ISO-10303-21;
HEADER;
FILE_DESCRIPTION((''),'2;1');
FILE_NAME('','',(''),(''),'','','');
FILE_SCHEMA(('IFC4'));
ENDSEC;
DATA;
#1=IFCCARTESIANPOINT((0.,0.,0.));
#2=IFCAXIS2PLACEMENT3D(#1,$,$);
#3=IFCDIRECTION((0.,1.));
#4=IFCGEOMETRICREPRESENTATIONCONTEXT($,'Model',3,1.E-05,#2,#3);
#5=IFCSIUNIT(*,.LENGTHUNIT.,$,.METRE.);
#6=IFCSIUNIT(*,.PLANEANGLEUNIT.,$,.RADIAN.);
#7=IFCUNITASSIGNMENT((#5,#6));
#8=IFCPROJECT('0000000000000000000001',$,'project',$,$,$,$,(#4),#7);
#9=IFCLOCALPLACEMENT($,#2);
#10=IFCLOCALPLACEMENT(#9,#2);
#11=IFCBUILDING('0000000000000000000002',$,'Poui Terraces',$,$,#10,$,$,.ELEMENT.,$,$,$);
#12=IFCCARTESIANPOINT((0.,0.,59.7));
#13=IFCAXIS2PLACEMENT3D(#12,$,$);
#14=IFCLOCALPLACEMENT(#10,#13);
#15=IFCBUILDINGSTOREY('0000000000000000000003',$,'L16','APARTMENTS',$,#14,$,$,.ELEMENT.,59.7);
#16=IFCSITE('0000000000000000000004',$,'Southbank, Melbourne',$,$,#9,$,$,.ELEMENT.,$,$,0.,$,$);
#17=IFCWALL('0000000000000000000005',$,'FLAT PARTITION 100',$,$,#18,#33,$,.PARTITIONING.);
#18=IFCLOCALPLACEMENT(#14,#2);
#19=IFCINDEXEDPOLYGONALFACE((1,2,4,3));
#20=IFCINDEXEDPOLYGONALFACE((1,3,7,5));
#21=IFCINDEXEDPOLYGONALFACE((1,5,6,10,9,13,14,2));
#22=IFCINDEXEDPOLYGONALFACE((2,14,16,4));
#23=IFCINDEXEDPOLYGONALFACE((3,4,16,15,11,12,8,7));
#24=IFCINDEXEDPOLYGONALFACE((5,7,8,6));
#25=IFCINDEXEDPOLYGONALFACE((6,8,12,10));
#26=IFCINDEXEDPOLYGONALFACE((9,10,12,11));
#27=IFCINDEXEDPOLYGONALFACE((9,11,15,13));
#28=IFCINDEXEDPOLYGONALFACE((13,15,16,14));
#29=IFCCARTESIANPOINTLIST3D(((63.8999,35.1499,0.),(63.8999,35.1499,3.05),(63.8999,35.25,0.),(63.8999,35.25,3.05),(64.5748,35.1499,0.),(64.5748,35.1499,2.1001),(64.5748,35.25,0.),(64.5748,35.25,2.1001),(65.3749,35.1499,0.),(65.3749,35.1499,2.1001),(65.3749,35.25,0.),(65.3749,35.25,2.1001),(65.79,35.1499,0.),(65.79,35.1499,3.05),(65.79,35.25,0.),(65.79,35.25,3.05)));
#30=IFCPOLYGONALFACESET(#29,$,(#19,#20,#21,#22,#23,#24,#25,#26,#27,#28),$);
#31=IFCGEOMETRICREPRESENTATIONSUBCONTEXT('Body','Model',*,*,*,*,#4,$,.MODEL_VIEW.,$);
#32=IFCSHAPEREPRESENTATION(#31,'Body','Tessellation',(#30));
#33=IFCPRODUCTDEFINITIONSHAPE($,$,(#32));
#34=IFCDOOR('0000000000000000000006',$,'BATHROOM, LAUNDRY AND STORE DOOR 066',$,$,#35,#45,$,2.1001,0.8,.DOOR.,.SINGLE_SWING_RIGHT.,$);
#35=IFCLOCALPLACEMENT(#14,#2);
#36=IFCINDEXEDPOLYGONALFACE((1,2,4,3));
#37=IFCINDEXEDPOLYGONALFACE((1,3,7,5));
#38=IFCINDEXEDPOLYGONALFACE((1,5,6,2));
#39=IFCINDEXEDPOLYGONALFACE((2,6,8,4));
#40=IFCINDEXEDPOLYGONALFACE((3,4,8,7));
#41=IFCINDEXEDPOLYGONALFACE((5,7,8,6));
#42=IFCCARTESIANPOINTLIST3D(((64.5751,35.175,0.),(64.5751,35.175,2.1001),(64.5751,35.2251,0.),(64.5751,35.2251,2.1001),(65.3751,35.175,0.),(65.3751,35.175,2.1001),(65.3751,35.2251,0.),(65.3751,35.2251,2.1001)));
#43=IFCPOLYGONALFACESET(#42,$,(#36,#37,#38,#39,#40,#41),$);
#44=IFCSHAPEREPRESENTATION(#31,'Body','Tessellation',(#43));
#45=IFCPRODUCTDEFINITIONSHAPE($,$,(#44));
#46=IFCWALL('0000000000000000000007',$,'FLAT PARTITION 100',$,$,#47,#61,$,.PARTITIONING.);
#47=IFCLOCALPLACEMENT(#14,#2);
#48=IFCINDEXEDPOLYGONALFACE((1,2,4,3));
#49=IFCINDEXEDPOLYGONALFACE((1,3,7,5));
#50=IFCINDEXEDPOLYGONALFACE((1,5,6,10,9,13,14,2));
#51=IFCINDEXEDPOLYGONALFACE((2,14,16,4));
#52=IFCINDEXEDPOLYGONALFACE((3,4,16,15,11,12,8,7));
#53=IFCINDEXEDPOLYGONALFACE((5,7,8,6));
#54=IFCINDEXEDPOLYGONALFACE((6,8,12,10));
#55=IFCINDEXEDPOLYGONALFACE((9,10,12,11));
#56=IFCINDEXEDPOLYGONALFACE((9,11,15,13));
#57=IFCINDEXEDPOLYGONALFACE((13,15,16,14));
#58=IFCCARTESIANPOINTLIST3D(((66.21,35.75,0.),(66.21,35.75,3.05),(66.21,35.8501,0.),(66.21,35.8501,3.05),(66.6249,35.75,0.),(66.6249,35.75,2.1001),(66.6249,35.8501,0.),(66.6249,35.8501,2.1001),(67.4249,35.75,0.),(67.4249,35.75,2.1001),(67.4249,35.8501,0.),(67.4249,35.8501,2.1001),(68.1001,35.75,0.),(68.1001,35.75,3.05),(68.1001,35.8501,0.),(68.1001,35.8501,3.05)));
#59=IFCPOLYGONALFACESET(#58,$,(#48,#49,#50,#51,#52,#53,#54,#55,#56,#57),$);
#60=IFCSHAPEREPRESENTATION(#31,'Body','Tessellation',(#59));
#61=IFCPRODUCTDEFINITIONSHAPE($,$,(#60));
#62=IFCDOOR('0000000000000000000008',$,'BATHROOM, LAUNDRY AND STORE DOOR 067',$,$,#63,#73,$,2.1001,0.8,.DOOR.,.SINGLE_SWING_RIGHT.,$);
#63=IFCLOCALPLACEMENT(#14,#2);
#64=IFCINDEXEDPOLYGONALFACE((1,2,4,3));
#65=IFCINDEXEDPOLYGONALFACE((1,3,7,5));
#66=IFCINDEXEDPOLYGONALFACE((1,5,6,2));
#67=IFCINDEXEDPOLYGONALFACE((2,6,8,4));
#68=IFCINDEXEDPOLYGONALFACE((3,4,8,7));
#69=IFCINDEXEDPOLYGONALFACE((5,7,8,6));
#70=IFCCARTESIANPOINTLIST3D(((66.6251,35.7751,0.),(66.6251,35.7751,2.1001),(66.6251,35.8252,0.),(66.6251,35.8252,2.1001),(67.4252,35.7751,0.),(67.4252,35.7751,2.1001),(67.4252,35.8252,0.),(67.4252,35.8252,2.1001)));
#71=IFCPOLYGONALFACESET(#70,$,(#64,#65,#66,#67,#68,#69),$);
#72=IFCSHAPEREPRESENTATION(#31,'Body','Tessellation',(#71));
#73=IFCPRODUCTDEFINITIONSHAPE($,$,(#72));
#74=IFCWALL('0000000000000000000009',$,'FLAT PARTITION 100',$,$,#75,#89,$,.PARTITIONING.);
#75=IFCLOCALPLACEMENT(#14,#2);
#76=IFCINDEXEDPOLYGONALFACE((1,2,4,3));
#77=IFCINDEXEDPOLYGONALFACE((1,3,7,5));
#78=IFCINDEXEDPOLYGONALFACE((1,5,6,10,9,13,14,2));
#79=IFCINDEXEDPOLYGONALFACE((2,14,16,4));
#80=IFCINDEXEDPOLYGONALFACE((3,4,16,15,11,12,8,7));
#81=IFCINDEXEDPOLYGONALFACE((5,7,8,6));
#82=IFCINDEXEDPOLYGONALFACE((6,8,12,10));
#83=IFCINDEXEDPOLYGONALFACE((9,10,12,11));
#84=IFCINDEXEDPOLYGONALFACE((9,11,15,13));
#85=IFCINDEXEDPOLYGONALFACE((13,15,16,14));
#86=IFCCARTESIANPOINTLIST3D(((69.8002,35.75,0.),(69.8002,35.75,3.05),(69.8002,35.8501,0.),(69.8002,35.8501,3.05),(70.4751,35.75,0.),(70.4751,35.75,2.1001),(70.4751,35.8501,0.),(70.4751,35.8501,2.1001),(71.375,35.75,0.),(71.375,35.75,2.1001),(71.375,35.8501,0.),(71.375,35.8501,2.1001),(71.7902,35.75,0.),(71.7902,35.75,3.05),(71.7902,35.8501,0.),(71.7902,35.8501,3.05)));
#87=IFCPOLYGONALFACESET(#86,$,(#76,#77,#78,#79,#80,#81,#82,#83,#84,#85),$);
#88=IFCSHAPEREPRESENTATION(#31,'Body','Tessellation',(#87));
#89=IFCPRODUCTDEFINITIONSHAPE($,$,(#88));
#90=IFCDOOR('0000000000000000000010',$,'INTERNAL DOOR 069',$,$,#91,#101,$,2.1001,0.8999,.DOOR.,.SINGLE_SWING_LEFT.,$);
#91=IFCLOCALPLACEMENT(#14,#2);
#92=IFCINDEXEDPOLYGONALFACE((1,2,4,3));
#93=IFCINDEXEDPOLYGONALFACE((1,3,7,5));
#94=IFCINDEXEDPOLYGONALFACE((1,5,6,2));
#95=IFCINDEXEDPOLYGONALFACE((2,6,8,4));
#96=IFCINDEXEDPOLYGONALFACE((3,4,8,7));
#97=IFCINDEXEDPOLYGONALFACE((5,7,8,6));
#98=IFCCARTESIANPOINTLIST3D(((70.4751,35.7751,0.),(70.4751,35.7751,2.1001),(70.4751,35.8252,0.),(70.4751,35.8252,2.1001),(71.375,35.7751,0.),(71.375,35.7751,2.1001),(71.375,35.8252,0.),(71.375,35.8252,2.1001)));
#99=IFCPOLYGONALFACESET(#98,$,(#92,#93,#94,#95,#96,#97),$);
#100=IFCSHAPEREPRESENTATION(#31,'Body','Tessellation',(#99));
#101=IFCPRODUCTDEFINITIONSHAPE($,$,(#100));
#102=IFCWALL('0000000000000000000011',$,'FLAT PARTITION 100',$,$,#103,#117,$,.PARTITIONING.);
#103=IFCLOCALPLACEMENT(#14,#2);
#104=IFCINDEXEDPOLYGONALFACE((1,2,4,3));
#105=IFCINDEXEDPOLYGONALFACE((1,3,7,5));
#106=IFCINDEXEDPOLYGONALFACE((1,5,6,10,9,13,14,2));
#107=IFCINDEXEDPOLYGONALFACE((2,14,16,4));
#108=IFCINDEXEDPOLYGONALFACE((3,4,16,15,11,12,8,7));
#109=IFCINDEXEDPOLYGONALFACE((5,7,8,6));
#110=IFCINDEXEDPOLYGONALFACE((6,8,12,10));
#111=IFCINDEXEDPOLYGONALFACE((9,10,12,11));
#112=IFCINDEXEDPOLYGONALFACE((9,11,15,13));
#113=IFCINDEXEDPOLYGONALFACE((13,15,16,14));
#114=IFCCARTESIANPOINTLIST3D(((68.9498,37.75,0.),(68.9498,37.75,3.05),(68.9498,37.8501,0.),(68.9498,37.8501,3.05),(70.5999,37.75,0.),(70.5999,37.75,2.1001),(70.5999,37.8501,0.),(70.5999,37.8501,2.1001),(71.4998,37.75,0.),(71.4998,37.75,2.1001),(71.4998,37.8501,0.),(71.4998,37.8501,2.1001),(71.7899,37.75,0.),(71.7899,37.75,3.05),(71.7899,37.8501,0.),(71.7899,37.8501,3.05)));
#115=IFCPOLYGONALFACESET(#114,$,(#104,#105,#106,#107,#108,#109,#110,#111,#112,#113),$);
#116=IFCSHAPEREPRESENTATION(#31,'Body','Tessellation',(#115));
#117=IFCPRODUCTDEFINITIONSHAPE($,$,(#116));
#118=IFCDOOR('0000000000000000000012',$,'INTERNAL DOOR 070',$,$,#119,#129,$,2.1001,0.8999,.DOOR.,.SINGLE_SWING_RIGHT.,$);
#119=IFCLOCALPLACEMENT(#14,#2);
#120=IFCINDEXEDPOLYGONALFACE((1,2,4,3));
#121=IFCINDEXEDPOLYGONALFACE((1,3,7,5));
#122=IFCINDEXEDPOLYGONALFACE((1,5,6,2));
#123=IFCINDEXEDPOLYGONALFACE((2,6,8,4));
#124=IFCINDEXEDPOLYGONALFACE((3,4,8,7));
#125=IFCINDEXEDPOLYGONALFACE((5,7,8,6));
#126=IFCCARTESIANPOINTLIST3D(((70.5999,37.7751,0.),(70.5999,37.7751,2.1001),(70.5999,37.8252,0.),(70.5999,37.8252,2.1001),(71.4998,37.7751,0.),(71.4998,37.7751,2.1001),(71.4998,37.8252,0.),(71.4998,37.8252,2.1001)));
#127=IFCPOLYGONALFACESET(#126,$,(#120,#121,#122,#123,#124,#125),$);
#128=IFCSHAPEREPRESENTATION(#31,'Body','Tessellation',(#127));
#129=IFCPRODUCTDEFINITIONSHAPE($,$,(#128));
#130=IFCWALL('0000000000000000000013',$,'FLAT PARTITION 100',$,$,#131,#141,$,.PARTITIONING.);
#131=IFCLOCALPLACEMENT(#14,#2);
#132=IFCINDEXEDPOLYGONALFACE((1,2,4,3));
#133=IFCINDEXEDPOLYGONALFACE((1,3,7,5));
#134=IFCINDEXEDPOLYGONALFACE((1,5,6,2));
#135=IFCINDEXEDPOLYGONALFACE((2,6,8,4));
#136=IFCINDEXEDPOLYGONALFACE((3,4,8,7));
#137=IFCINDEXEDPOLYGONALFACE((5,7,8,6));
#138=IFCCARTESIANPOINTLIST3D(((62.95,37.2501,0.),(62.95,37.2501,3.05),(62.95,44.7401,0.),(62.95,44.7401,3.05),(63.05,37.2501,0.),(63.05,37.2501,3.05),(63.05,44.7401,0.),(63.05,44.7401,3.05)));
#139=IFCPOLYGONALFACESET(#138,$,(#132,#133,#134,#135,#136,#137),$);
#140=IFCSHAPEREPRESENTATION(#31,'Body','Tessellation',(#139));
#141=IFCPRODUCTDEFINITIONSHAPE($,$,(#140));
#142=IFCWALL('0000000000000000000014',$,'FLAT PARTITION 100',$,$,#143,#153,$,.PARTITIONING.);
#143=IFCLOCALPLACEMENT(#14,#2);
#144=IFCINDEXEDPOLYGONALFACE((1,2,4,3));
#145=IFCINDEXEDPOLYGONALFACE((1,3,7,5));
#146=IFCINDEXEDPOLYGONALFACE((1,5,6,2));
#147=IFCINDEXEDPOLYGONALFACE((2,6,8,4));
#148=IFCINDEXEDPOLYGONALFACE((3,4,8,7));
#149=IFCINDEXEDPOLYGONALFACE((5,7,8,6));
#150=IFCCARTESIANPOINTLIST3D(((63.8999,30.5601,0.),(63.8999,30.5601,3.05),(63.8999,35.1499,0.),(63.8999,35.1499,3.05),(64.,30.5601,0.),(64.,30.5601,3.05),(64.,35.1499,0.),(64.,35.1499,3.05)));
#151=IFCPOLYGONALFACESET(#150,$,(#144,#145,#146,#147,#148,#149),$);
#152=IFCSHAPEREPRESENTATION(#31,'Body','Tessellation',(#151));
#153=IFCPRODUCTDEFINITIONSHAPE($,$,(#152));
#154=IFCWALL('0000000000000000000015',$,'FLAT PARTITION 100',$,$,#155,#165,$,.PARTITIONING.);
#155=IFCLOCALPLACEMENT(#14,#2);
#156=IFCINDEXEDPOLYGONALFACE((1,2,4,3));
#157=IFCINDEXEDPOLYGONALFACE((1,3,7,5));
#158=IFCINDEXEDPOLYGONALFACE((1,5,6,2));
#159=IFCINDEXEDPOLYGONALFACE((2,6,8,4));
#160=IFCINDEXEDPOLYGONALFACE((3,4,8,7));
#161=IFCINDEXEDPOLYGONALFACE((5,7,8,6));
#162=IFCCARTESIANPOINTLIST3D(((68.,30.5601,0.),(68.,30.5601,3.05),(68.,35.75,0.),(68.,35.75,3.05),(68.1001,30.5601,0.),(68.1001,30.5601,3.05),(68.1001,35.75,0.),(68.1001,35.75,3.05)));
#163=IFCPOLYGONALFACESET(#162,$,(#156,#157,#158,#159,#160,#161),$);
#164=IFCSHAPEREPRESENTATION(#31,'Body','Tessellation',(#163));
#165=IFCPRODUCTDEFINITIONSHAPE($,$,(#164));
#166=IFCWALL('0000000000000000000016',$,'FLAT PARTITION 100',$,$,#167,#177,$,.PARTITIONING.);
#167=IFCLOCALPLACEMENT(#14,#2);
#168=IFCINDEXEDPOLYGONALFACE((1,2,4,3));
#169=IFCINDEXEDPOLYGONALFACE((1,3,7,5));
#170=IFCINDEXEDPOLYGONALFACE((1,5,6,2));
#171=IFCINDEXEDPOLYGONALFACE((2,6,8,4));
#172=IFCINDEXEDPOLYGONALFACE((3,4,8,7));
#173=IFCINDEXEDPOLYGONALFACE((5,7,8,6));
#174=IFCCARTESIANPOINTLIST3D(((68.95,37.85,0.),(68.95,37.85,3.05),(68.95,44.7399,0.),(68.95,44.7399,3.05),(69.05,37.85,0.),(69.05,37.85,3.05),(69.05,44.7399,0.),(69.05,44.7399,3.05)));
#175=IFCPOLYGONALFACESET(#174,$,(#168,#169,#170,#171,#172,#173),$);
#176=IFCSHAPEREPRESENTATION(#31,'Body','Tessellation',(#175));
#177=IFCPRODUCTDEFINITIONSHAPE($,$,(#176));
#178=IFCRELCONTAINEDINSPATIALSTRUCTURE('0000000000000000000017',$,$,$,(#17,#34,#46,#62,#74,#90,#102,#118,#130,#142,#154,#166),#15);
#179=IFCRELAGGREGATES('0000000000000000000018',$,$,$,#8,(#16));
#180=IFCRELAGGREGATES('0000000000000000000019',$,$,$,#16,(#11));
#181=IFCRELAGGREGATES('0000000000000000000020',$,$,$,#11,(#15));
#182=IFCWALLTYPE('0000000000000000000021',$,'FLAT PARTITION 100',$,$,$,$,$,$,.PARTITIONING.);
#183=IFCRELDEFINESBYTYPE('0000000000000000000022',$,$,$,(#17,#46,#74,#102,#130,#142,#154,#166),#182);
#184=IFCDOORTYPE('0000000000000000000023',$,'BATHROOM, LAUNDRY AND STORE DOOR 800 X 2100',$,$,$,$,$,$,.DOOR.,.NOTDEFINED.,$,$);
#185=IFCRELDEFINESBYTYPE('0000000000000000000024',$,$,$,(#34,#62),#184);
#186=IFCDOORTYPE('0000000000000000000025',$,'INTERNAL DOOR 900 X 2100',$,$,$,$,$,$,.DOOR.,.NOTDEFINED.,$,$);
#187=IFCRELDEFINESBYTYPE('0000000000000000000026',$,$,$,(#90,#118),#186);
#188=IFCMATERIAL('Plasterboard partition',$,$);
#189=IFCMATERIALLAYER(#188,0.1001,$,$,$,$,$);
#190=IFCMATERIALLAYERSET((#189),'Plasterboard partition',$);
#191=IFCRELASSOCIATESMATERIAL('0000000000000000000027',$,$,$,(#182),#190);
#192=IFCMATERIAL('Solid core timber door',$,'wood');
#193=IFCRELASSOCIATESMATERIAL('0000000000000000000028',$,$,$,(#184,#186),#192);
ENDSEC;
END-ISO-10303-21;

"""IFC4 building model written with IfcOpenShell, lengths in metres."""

from ifc_helpers import new_model, si_unit, direction, frame, frame_2d, origin, place, context, subcontext, project, spatial, rectangle, extrude, material, layer, layer_set, type_object, element, fill, save


model = new_model("IFC4")

# Units and contexts
model_context = context("Model", 3, precision=1e-05, world=origin(), true_north=direction((0.0, 1.0)))
body_context = subcontext(model_context, "Body", "Model", "MODEL_VIEW")
ifc_project = project(units=[si_unit("LENGTHUNIT", "METRE"), si_unit("PLANEANGLEUNIT", "RADIAN")], contexts=[model_context])

# Site, building, storey
site_placement = place(None, origin())
site = spatial("IfcSite", under=ifc_project, at=site_placement, Name="Southbank, Melbourne", CompositionType="ELEMENT", RefElevation=0.0)
building_placement = place(site_placement, origin())
building = spatial("IfcBuilding", under=site, at=building_placement, Name="Poui Terraces", CompositionType="ELEMENT")
storey_placement = place(building_placement, frame((0.0, 0.0, 59.7)))
storey = spatial("IfcBuildingStorey", under=building, at=storey_placement, Name="L16", Description="APARTMENTS", CompositionType="ELEMENT", Elevation=59.7)

# Walls, openings, doors
ifc_material_1 = material(Name="Plasterboard partition")
ifc_layer_1 = layer(ifc_material_1, 0.1001)
ifc_layer_set_1 = layer_set([ifc_layer_1], Name="Plasterboard partition")
wall_type_1 = type_object("IfcWallType", Name="FLAT PARTITION 100", PredefinedType="PARTITIONING", material=ifc_layer_set_1)
wall_1_placement = place(storey_placement, frame((63.8999, 35.2, 0.0), z_axis=(0.0, 0.0, 1.0), x_axis=(1.0, 0.0, 0.0)))
wall_1 = element("IfcWall", 1, at=wall_1_placement, inside=storey, type_object=wall_type_1, Name="FLAT PARTITION 100", PredefinedType="PARTITIONING", context=body_context, shape_type="SweptSolid", body=[
    extrude(rectangle(XDim=1.8901, YDim=0.1001, at=frame_2d((0.9451, 0.0))), origin(), (0.0, 0.0, 1.0), 3.05),
])
opening_1_placement = place(wall_1_placement, frame((0.675, 0.0, 0.0)))
opening_1 = element("IfcOpeningElement", 2, at=opening_1_placement, cuts=wall_1, PredefinedType="OPENING", context=body_context, shape_type="SweptSolid", body=[
    extrude(rectangle(XDim=0.8, YDim=2.1001, at=frame_2d((0.3999, 1.05))), frame((0.0, 0.0601, 0.0), z_axis=(0.0, -1.0, 0.0), x_axis=(1.0, 0.0, 0.0)), (0.0, 0.0, 1.0), 0.1201),
])
ifc_material_2 = material(Name="Solid core timber door", Category="wood")
door_type_1 = type_object("IfcDoorType", Name="BATHROOM, LAUNDRY AND STORE DOOR 800 X 2100", OperationType="NOTDEFINED", PredefinedType="DOOR", material=ifc_material_2)
door_1_placement = place(opening_1_placement, frame((0.8, 0.0, 0.0), z_axis=(0.0, 0.0, 1.0), x_axis=(-1.0, 0.0, 0.0)))
door_1 = element("IfcDoor", 3, at=door_1_placement, inside=storey, type_object=door_type_1, Name="BATHROOM, LAUNDRY AND STORE DOOR 066", OperationType="SINGLE_SWING_RIGHT", OverallHeight=2.1001, OverallWidth=0.8, PredefinedType="DOOR", context=body_context, shape_type="SweptSolid", body=[
    extrude(rectangle(XDim=0.8, YDim=2.1001, at=frame_2d((0.3999, 1.05))), frame((0.0, 0.0249, 0.0), z_axis=(0.0, -1.0, 0.0), x_axis=(1.0, 0.0, 0.0)), (0.0, 0.0, 1.0), 0.05),
])
fill(opening_1, door_1)
wall_2_placement = place(storey_placement, frame((66.21, 35.8, 0.0), z_axis=(0.0, 0.0, 1.0), x_axis=(1.0, 0.0, 0.0)))
wall_2 = element("IfcWall", 4, at=wall_2_placement, inside=storey, type_object=wall_type_1, Name="FLAT PARTITION 100", PredefinedType="PARTITIONING", context=body_context, shape_type="SweptSolid", body=[
    extrude(rectangle(XDim=1.8901, YDim=0.1001, at=frame_2d((0.9451, 0.0))), origin(), (0.0, 0.0, 1.0), 3.05),
])
opening_2_placement = place(wall_2_placement, frame((0.415, 0.0, 0.0)))
opening_2 = element("IfcOpeningElement", 5, at=opening_2_placement, cuts=wall_2, PredefinedType="OPENING", context=body_context, shape_type="SweptSolid", body=[
    extrude(rectangle(XDim=0.8, YDim=2.1001, at=frame_2d((0.3999, 1.05))), frame((0.0, 0.0601, 0.0), z_axis=(0.0, -1.0, 0.0), x_axis=(1.0, 0.0, 0.0)), (0.0, 0.0, 1.0), 0.1201),
])
door_2_placement = place(opening_2_placement, frame((0.8, 0.0, 0.0), z_axis=(0.0, 0.0, 1.0), x_axis=(-1.0, 0.0, 0.0)))
door_2 = element("IfcDoor", 6, at=door_2_placement, inside=storey, type_object=door_type_1, Name="BATHROOM, LAUNDRY AND STORE DOOR 067", OperationType="SINGLE_SWING_RIGHT", OverallHeight=2.1001, OverallWidth=0.8, PredefinedType="DOOR", context=body_context, shape_type="SweptSolid", body=[
    extrude(rectangle(XDim=0.8, YDim=2.1001, at=frame_2d((0.3999, 1.05))), frame((0.0, 0.0249, 0.0), z_axis=(0.0, -1.0, 0.0), x_axis=(1.0, 0.0, 0.0)), (0.0, 0.0, 1.0), 0.05),
])
fill(opening_2, door_2)
wall_3_placement = place(storey_placement, frame((69.8, 35.8, 0.0), z_axis=(0.0, 0.0, 1.0), x_axis=(1.0, 0.0, 0.0)))
wall_3 = element("IfcWall", 7, at=wall_3_placement, inside=storey, type_object=wall_type_1, Name="FLAT PARTITION 100", PredefinedType="PARTITIONING", context=body_context, shape_type="SweptSolid", body=[
    extrude(rectangle(XDim=1.99, YDim=0.1001, at=frame_2d((0.9951, 0.0))), origin(), (0.0, 0.0, 1.0), 3.05),
])
opening_3_placement = place(wall_3_placement, frame((0.675, 0.0, 0.0)))
opening_3 = element("IfcOpeningElement", 8, at=opening_3_placement, cuts=wall_3, PredefinedType="OPENING", context=body_context, shape_type="SweptSolid", body=[
    extrude(rectangle(XDim=0.8999, YDim=2.1001, at=frame_2d((0.45, 1.05))), frame((0.0, 0.0601, 0.0), z_axis=(0.0, -1.0, 0.0), x_axis=(1.0, 0.0, 0.0)), (0.0, 0.0, 1.0), 0.1201),
])
door_type_2 = type_object("IfcDoorType", Name="INTERNAL DOOR 900 X 2100", OperationType="NOTDEFINED", PredefinedType="DOOR", material=ifc_material_2)
door_3_placement = place(opening_3_placement, frame((0.8999, 0.0, 0.0), z_axis=(0.0, 0.0, 1.0), x_axis=(-1.0, 0.0, 0.0)))
door_3 = element("IfcDoor", 9, at=door_3_placement, inside=storey, type_object=door_type_2, Name="INTERNAL DOOR 069", OperationType="SINGLE_SWING_LEFT", OverallHeight=2.1001, OverallWidth=0.8999, PredefinedType="DOOR", context=body_context, shape_type="SweptSolid", body=[
    extrude(rectangle(XDim=0.8999, YDim=2.1001, at=frame_2d((0.45, 1.05))), frame((0.0, 0.0249, 0.0), z_axis=(0.0, -1.0, 0.0), x_axis=(1.0, 0.0, 0.0)), (0.0, 0.0, 1.0), 0.05),
])
fill(opening_3, door_3)
wall_4_placement = place(storey_placement, frame((68.95, 37.8, 0.0), z_axis=(0.0, 0.0, 1.0), x_axis=(1.0, 0.0, 0.0)))
wall_4 = element("IfcWall", 10, at=wall_4_placement, inside=storey, type_object=wall_type_1, Name="FLAT PARTITION 100", PredefinedType="PARTITIONING", context=body_context, shape_type="SweptSolid", body=[
    extrude(rectangle(XDim=2.8401, YDim=0.1001, at=frame_2d((1.4199, 0.0))), origin(), (0.0, 0.0, 1.0), 3.05),
])
opening_4_placement = place(wall_4_placement, frame((1.6499, 0.0, 0.0)))
opening_4 = element("IfcOpeningElement", 11, at=opening_4_placement, cuts=wall_4, PredefinedType="OPENING", context=body_context, shape_type="SweptSolid", body=[
    extrude(rectangle(XDim=0.8999, YDim=2.1001, at=frame_2d((0.45, 1.05))), frame((0.0, 0.0601, 0.0), z_axis=(0.0, -1.0, 0.0), x_axis=(1.0, 0.0, 0.0)), (0.0, 0.0, 1.0), 0.1201),
])
door_4_placement = place(opening_4_placement, frame((0.8999, 0.0, 0.0), z_axis=(0.0, 0.0, 1.0), x_axis=(-1.0, 0.0, 0.0)))
door_4 = element("IfcDoor", 12, at=door_4_placement, inside=storey, type_object=door_type_2, Name="INTERNAL DOOR 070", OperationType="SINGLE_SWING_RIGHT", OverallHeight=2.1001, OverallWidth=0.8999, PredefinedType="DOOR", context=body_context, shape_type="SweptSolid", body=[
    extrude(rectangle(XDim=0.8999, YDim=2.1001, at=frame_2d((0.45, 1.05))), frame((0.0, 0.0249, 0.0), z_axis=(0.0, -1.0, 0.0), x_axis=(1.0, 0.0, 0.0)), (0.0, 0.0, 1.0), 0.05),
])
fill(opening_4, door_4)

# Walls
wall_5_placement = place(storey_placement, frame((63.0, 37.25, 0.0), z_axis=(0.0, 0.0, 1.0), x_axis=(0.0, 1.0, 0.0)))
element("IfcWall", 13, at=wall_5_placement, inside=storey, type_object=wall_type_1, Name="FLAT PARTITION 100", PredefinedType="PARTITIONING", context=body_context, shape_type="SweptSolid", body=[
    extrude(rectangle(XDim=7.49, YDim=0.1001, at=frame_2d((3.7451, 0.0))), origin(), (0.0, 0.0, 1.0), 3.05),
])
wall_6_placement = place(storey_placement, frame((63.95, 30.5601, 0.0), z_axis=(0.0, 0.0, 1.0), x_axis=(0.0, 1.0, 0.0)))
element("IfcWall", 14, at=wall_6_placement, inside=storey, type_object=wall_type_1, Name="FLAT PARTITION 100", PredefinedType="PARTITIONING", context=body_context, shape_type="SweptSolid", body=[
    extrude(rectangle(XDim=4.5898, YDim=0.1001, at=frame_2d((2.2949, 0.0))), origin(), (0.0, 0.0, 1.0), 3.05),
])
wall_7_placement = place(storey_placement, frame((68.05, 30.5601, 0.0), z_axis=(0.0, 0.0, 1.0), x_axis=(0.0, 1.0, 0.0)))
element("IfcWall", 15, at=wall_7_placement, inside=storey, type_object=wall_type_1, Name="FLAT PARTITION 100", PredefinedType="PARTITIONING", context=body_context, shape_type="SweptSolid", body=[
    extrude(rectangle(XDim=5.1899, YDim=0.1001, at=frame_2d((2.595, 0.0))), origin(), (0.0, 0.0, 1.0), 3.05),
])
wall_8_placement = place(storey_placement, frame((69.0, 37.8501, 0.0), z_axis=(0.0, 0.0, 1.0), x_axis=(0.0, 1.0, 0.0)))
element("IfcWall", 16, at=wall_8_placement, inside=storey, type_object=wall_type_1, Name="FLAT PARTITION 100", PredefinedType="PARTITIONING", context=body_context, shape_type="SweptSolid", body=[
    extrude(rectangle(XDim=6.8899, YDim=0.1001, at=frame_2d((3.4448, 0.0))), origin(), (0.0, 0.0, 1.0), 3.05),
])

save(model, "model.ifc")
